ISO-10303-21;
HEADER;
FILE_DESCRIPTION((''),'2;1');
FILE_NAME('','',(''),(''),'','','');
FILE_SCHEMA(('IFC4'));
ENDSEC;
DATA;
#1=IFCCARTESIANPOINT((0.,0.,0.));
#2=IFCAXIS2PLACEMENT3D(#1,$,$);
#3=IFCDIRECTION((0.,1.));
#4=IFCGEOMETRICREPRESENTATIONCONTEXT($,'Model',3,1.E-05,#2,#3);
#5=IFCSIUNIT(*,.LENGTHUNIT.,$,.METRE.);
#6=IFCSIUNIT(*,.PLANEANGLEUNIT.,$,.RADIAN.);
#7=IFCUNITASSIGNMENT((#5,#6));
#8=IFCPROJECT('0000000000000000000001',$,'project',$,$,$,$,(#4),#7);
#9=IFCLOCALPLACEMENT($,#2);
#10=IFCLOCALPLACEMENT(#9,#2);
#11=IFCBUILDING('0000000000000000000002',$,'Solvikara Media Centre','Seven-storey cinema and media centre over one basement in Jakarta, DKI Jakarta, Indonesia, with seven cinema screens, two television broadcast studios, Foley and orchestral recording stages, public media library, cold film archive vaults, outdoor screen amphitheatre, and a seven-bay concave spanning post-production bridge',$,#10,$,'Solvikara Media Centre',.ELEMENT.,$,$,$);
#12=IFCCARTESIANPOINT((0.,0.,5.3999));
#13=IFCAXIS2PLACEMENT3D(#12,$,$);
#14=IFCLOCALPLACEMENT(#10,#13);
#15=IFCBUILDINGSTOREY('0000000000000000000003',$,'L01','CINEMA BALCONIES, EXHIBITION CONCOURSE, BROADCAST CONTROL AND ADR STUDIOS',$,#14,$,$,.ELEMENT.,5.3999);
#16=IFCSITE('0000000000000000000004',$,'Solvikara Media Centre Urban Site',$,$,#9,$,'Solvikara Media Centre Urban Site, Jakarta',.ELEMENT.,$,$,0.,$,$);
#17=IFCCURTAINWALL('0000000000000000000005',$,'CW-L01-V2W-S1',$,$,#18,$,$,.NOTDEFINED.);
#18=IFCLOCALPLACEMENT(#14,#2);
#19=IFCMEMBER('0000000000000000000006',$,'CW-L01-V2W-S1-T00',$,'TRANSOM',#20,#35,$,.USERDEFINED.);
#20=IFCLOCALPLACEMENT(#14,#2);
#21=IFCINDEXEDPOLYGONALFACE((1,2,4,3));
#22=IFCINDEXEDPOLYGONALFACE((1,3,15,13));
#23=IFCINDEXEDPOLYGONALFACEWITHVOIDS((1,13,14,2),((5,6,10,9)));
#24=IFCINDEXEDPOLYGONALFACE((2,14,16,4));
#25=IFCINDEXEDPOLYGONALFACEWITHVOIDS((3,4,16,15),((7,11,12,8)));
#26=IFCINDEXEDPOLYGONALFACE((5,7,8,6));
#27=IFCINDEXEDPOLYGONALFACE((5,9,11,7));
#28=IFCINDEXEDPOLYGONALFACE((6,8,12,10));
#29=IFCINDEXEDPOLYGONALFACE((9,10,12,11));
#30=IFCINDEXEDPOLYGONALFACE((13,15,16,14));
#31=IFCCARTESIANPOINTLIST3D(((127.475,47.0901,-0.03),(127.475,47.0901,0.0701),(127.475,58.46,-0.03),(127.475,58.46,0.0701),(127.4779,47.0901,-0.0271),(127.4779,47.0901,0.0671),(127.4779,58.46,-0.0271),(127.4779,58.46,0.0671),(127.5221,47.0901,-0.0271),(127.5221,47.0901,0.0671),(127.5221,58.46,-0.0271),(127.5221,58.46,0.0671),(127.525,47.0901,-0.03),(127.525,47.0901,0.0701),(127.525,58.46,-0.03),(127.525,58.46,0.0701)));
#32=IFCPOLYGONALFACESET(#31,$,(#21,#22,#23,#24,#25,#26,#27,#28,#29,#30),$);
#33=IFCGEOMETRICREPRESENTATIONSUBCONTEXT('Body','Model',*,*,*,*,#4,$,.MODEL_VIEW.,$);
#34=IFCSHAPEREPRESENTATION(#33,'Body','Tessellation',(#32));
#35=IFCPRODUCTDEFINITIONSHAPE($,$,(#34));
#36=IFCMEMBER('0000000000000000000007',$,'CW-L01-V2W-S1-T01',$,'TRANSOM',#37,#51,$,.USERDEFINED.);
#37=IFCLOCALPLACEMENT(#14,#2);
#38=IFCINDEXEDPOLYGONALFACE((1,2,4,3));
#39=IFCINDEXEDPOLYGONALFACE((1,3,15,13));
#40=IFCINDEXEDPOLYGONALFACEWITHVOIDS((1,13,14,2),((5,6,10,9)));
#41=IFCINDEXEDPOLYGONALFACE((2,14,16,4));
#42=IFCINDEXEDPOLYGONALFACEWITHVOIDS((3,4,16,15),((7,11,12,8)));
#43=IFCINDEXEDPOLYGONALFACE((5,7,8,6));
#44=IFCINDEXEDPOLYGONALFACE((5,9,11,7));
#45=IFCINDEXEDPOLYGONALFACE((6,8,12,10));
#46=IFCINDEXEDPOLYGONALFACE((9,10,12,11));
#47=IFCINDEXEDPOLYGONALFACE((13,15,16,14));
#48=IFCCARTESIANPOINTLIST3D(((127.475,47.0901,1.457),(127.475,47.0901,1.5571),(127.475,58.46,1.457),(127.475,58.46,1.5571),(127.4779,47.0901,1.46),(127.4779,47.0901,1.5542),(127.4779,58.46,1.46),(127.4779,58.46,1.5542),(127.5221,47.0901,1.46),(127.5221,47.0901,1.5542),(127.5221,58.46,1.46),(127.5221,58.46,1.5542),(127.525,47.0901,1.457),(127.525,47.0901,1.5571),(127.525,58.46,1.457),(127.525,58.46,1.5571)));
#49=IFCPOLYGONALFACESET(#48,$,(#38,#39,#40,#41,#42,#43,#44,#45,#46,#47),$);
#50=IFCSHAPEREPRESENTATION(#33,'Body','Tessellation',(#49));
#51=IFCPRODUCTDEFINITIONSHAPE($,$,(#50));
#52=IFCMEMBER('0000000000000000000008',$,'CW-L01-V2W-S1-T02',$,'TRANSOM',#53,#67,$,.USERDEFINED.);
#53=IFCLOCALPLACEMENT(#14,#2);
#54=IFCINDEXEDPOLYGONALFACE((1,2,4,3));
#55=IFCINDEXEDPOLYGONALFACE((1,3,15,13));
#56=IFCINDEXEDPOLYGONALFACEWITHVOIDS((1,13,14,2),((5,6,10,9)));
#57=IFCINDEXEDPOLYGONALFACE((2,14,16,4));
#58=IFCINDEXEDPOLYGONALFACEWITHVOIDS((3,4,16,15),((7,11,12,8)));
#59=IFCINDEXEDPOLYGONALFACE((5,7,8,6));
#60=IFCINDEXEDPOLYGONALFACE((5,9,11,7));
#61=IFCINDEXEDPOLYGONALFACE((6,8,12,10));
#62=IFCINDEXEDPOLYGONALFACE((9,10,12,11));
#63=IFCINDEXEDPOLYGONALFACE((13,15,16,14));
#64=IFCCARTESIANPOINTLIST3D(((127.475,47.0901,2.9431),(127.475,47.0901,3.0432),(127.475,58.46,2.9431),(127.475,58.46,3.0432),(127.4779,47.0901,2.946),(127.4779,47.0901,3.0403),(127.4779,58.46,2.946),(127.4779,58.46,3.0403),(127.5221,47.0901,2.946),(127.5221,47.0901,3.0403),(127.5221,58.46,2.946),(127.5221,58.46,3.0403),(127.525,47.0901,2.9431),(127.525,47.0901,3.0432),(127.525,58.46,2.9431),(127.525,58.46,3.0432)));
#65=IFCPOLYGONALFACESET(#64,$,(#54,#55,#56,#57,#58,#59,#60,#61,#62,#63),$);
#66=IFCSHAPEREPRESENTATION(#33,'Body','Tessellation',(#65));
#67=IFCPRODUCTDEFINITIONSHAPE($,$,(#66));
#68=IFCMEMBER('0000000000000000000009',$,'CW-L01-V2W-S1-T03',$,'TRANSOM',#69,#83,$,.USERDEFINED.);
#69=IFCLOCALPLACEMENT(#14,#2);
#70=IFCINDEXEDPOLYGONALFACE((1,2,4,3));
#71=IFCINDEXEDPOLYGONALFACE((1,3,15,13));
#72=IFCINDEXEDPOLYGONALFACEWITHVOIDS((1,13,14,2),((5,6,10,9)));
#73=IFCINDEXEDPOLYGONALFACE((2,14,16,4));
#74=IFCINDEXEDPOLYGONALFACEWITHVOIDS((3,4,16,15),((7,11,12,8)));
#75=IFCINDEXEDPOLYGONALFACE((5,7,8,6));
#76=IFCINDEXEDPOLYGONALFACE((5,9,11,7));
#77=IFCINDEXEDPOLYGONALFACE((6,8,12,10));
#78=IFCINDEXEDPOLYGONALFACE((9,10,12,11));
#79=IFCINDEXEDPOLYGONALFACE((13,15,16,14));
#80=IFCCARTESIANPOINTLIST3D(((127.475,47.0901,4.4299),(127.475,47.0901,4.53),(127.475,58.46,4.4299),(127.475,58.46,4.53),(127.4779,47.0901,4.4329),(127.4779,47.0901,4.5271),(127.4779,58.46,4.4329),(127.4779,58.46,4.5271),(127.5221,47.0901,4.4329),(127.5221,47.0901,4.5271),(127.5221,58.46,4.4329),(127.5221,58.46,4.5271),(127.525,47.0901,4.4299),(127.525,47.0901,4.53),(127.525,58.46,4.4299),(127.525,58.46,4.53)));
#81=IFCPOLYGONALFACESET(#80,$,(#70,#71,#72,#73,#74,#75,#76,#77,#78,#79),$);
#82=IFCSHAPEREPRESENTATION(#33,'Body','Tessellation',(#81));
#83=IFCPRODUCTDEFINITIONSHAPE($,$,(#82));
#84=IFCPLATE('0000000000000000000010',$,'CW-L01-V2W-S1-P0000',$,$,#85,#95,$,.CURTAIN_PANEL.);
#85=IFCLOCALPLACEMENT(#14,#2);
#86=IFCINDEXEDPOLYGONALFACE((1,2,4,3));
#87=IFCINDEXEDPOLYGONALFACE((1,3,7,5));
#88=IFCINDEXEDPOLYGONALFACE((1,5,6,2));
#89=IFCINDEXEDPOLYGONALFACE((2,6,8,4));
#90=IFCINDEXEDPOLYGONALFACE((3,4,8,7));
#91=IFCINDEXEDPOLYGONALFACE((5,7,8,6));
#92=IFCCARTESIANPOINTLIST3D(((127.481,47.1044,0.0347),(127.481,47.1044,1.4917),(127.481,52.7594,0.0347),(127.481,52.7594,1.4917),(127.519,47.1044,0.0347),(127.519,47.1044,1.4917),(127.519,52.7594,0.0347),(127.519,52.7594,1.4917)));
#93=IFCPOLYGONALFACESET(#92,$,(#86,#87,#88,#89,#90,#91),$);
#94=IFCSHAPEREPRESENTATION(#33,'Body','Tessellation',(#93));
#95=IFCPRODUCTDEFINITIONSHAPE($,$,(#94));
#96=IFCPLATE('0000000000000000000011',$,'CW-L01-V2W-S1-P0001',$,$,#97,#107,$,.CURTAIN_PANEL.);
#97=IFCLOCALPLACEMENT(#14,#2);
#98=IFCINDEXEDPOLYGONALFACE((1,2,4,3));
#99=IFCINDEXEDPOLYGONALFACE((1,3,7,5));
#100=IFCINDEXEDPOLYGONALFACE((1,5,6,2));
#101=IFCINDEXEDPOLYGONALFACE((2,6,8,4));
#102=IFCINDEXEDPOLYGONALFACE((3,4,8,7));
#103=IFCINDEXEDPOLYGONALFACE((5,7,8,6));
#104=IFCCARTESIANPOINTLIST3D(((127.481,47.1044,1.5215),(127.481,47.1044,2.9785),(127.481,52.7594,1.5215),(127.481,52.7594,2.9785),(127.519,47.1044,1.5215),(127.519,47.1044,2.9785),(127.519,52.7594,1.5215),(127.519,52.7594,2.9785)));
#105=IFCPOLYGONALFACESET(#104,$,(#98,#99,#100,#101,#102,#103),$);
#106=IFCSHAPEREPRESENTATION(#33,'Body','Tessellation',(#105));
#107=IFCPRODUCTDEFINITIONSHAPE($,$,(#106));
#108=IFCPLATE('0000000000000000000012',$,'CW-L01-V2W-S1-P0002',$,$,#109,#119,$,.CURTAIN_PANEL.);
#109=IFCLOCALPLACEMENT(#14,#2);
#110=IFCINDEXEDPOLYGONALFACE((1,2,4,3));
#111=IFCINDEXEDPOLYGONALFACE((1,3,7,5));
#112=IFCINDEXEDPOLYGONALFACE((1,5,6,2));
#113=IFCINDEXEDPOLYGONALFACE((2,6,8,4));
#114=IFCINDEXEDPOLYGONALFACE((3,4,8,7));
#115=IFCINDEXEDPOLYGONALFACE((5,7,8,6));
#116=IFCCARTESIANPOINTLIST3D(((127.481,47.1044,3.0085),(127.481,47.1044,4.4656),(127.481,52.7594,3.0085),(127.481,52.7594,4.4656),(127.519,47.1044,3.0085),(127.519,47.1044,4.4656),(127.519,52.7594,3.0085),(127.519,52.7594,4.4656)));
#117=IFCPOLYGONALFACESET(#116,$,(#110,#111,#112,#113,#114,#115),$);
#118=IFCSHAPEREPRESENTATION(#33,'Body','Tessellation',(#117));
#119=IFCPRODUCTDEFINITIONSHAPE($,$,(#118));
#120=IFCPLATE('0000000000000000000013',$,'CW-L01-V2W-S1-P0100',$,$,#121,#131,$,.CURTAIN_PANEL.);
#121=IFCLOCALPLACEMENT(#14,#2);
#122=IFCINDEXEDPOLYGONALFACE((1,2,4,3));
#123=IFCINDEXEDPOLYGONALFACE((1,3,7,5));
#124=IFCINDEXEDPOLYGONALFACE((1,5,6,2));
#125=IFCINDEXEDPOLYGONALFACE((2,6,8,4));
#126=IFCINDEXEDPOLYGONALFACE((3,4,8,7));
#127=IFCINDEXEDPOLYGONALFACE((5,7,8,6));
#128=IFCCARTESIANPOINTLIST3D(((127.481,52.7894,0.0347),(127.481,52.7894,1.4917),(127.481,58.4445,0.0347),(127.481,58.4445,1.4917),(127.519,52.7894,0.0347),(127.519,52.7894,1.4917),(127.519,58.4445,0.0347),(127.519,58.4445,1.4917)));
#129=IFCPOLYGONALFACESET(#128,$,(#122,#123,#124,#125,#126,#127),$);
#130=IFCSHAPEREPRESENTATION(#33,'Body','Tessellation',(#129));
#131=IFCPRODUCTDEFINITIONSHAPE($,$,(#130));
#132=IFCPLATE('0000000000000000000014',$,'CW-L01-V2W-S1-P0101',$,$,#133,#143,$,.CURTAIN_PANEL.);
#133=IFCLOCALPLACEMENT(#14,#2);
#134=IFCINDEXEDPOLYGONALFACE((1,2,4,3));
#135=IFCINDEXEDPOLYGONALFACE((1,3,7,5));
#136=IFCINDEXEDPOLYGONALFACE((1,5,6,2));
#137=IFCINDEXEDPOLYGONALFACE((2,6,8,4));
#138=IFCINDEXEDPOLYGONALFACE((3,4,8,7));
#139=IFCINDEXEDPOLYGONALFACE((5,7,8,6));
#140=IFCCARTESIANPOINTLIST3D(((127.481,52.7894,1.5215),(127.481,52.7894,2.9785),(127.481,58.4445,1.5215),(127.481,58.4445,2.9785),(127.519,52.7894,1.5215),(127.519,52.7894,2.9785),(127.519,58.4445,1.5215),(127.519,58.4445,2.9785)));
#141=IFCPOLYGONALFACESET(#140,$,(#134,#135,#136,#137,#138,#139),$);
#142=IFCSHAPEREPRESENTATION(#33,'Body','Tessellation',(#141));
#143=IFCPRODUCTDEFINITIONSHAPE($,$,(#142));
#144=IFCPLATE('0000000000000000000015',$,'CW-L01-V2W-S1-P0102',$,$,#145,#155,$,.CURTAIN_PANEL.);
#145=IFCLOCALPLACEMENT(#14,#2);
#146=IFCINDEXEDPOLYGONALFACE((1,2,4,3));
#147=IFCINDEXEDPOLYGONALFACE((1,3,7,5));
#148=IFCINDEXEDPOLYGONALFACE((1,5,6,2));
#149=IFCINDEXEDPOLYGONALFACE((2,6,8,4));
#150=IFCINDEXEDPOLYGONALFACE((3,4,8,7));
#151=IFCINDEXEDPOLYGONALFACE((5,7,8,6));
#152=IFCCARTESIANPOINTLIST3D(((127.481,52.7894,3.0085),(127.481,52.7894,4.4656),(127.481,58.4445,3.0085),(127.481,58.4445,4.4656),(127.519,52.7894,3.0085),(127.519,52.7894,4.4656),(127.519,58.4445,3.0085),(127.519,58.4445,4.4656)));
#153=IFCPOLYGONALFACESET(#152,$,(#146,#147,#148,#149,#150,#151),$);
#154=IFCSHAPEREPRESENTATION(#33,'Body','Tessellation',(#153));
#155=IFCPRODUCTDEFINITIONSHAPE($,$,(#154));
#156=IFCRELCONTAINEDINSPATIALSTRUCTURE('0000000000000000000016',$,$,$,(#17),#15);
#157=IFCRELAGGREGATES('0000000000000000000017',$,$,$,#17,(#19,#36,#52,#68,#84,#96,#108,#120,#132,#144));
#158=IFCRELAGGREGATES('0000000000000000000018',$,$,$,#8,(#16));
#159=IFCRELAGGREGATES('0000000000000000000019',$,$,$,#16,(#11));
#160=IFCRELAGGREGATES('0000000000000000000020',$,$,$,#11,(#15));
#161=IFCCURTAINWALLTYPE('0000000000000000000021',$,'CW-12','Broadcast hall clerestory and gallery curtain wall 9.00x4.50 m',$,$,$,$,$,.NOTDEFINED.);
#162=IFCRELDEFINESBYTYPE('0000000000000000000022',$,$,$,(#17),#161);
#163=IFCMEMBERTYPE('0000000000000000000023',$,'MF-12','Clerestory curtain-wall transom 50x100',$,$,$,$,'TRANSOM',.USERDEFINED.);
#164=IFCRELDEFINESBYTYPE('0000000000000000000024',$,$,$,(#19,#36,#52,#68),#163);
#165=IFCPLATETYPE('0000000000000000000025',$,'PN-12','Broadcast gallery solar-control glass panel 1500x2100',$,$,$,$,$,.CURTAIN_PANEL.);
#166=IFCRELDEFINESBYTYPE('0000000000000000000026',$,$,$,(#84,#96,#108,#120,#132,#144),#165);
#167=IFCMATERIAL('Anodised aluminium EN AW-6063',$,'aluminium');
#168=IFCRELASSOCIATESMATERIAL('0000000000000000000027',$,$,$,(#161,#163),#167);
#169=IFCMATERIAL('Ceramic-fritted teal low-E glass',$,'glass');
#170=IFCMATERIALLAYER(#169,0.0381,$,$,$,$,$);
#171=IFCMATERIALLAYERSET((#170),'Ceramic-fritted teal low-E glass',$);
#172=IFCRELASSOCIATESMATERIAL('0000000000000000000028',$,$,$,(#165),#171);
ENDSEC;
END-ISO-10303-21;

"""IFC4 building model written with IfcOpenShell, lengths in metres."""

from ifc_helpers import new_model, si_unit, direction, frame, origin, origin_2d, place, context, subcontext, project, spatial, rectangle, hollow_rectangle, extrude, material, layer, layer_set, material_profile, profile_set, type_object, element, aggregate, save


model = new_model("IFC4")

# Units and contexts
model_context = context("Model", 3, precision=1e-05, world=origin(), true_north=direction((0.0, 1.0)))
body_context = subcontext(model_context, "Body", "Model", "MODEL_VIEW")
ifc_project = project(units=[si_unit("LENGTHUNIT", "METRE"), si_unit("PLANEANGLEUNIT", "RADIAN")], contexts=[model_context])

# Site, building, storey
site_placement = place(None, origin())
site = spatial("IfcSite", under=ifc_project, at=site_placement, Name="Solvikara Media Centre Urban Site", LongName="Solvikara Media Centre Urban Site, Jakarta", CompositionType="ELEMENT", RefElevation=0.0)
building_placement = place(site_placement, origin())
building = spatial("IfcBuilding", under=site, at=building_placement, Name="Solvikara Media Centre", Description="Seven-storey cinema and media centre over one basement in Jakarta, DKI Jakarta, Indonesia, with seven cinema screens, two television broadcast studios, Foley and orchestral recording stages, public media library, cold film archive vaults, outdoor screen amphitheatre, and a seven-bay concave spanning post-production bridge", LongName="Solvikara Media Centre", CompositionType="ELEMENT")
storey_placement = place(building_placement, frame((0.0, 0.0, 5.3999)))
storey = spatial("IfcBuildingStorey", under=building, at=storey_placement, Name="L01", Description="CINEMA BALCONIES, EXHIBITION CONCOURSE, BROADCAST CONTROL AND ADR STUDIOS", CompositionType="ELEMENT", Elevation=5.3999)

# Curtain wall, members, plates
ifc_material_1 = material(Name="Anodised aluminium EN AW-6063", Category="aluminium")
curtain_wall_type = type_object("IfcCurtainWallType", Name="CW-12", Description="Broadcast hall clerestory and gallery curtain wall 9.00x4.50 m", PredefinedType="NOTDEFINED", material=ifc_material_1)
curtain_wall_placement = place(storey_placement, origin())
curtain_wall = element("IfcCurtainWall", 1, at=curtain_wall_placement, inside=storey, type_object=curtain_wall_type, Name="CW-L01-V2W-S1", PredefinedType="NOTDEFINED")
ifc_material_profile_1 = material_profile(ifc_material_1, hollow_rectangle(XDim=0.05, YDim=0.1001, WallThickness=0.0029, at=origin_2d()), Name="ALU-T 50x100x3")
ifc_profile_set_1 = profile_set([ifc_material_profile_1], Name="Anodised aluminium EN AW-6063")
member_type_1 = type_object("IfcMemberType", Name="MF-12", Description="Clerestory curtain-wall transom 50x100", ElementType="TRANSOM", PredefinedType="USERDEFINED", material=ifc_profile_set_1)
member_1_placement = place(storey_placement, frame((127.5, 47.0901, 0.02), z_axis=(0.0, 1.0, 0.0), x_axis=(-1.0, 0.0, 0.0)))
member_1 = element("IfcMember", 2, at=member_1_placement, type_object=member_type_1, Name="CW-L01-V2W-S1-T00", ObjectType="TRANSOM", PredefinedType="USERDEFINED", context=body_context, shape_type="SweptSolid", body=[
    extrude(hollow_rectangle(XDim=0.05, YDim=0.1001, WallThickness=0.0029, at=origin_2d()), origin(), (0.0, 0.0, 1.0), 11.3699),
])
member_2_placement = place(storey_placement, frame((127.5, 47.0901, 1.5071), z_axis=(0.0, 1.0, 0.0), x_axis=(-1.0, 0.0, 0.0)))
member_2 = element("IfcMember", 3, at=member_2_placement, type_object=member_type_1, Name="CW-L01-V2W-S1-T01", ObjectType="TRANSOM", PredefinedType="USERDEFINED", context=body_context, shape_type="SweptSolid", body=[
    extrude(hollow_rectangle(XDim=0.05, YDim=0.1001, WallThickness=0.0029, at=origin_2d()), origin(), (0.0, 0.0, 1.0), 11.3699),
])
member_3_placement = place(storey_placement, frame((127.5, 47.0901, 2.9932), z_axis=(0.0, 1.0, 0.0), x_axis=(-1.0, 0.0, 0.0)))
member_3 = element("IfcMember", 4, at=member_3_placement, type_object=member_type_1, Name="CW-L01-V2W-S1-T02", ObjectType="TRANSOM", PredefinedType="USERDEFINED", context=body_context, shape_type="SweptSolid", body=[
    extrude(hollow_rectangle(XDim=0.05, YDim=0.1001, WallThickness=0.0029, at=origin_2d()), origin(), (0.0, 0.0, 1.0), 11.3699),
])
member_4_placement = place(storey_placement, frame((127.5, 47.0901, 4.48), z_axis=(0.0, 1.0, 0.0), x_axis=(-1.0, 0.0, 0.0)))
member_4 = element("IfcMember", 5, at=member_4_placement, type_object=member_type_1, Name="CW-L01-V2W-S1-T03", ObjectType="TRANSOM", PredefinedType="USERDEFINED", context=body_context, shape_type="SweptSolid", body=[
    extrude(hollow_rectangle(XDim=0.05, YDim=0.1001, WallThickness=0.0029, at=origin_2d()), origin(), (0.0, 0.0, 1.0), 11.3699),
])
ifc_material_2 = material(Name="Ceramic-fritted teal low-E glass", Category="glass")
ifc_layer_1 = layer(ifc_material_2, 0.0381)
ifc_layer_set_1 = layer_set([ifc_layer_1], Name="Ceramic-fritted teal low-E glass")
plate_type = type_object("IfcPlateType", Name="PN-12", Description="Broadcast gallery solar-control glass panel 1500x2100", PredefinedType="CURTAIN_PANEL", material=ifc_layer_set_1)
plate_1_placement = place(storey_placement, frame((127.5, 49.9319, 0.0347), z_axis=(0.0, 0.0, 1.0), x_axis=(0.0, 1.0, 0.0)))
plate_1 = element("IfcPlate", 6, at=plate_1_placement, type_object=plate_type, Name="CW-L01-V2W-S1-P0000", PredefinedType="CURTAIN_PANEL", context=body_context, shape_type="SweptSolid", body=[
    extrude(rectangle(XDim=5.655, YDim=0.0381, at=origin_2d()), origin(), (0.0, 0.0, 1.0), 1.457),
])
plate_2_placement = place(storey_placement, frame((127.5, 49.9319, 1.5215), z_axis=(0.0, 0.0, 1.0), x_axis=(0.0, 1.0, 0.0)))
plate_2 = element("IfcPlate", 7, at=plate_2_placement, type_object=plate_type, Name="CW-L01-V2W-S1-P0001", PredefinedType="CURTAIN_PANEL", context=body_context, shape_type="SweptSolid", body=[
    extrude(rectangle(XDim=5.655, YDim=0.0381, at=origin_2d()), origin(), (0.0, 0.0, 1.0), 1.457),
])
plate_3_placement = place(storey_placement, frame((127.5, 49.9319, 3.0085), z_axis=(0.0, 0.0, 1.0), x_axis=(0.0, 1.0, 0.0)))
plate_3 = element("IfcPlate", 8, at=plate_3_placement, type_object=plate_type, Name="CW-L01-V2W-S1-P0002", PredefinedType="CURTAIN_PANEL", context=body_context, shape_type="SweptSolid", body=[
    extrude(rectangle(XDim=5.655, YDim=0.0381, at=origin_2d()), origin(), (0.0, 0.0, 1.0), 1.457),
])
plate_4_placement = place(storey_placement, frame((127.5, 55.6169, 0.0347), z_axis=(0.0, 0.0, 1.0), x_axis=(0.0, 1.0, 0.0)))
plate_4 = element("IfcPlate", 9, at=plate_4_placement, type_object=plate_type, Name="CW-L01-V2W-S1-P0100", PredefinedType="CURTAIN_PANEL", context=body_context, shape_type="SweptSolid", body=[
    extrude(rectangle(XDim=5.655, YDim=0.0381, at=origin_2d()), origin(), (0.0, 0.0, 1.0), 1.457),
])
plate_5_placement = place(storey_placement, frame((127.5, 55.6169, 1.5215), z_axis=(0.0, 0.0, 1.0), x_axis=(0.0, 1.0, 0.0)))
plate_5 = element("IfcPlate", 10, at=plate_5_placement, type_object=plate_type, Name="CW-L01-V2W-S1-P0101", PredefinedType="CURTAIN_PANEL", context=body_context, shape_type="SweptSolid", body=[
    extrude(rectangle(XDim=5.655, YDim=0.0381, at=origin_2d()), origin(), (0.0, 0.0, 1.0), 1.457),
])
plate_6_placement = place(storey_placement, frame((127.5, 55.6169, 3.0085), z_axis=(0.0, 0.0, 1.0), x_axis=(0.0, 1.0, 0.0)))
plate_6 = element("IfcPlate", 11, at=plate_6_placement, type_object=plate_type, Name="CW-L01-V2W-S1-P0102", PredefinedType="CURTAIN_PANEL", context=body_context, shape_type="SweptSolid", body=[
    extrude(rectangle(XDim=5.655, YDim=0.0381, at=origin_2d()), origin(), (0.0, 0.0, 1.0), 1.457),
])
aggregate(curtain_wall, [member_1, member_2, member_3, member_4, plate_1, plate_2, plate_3, plate_4, plate_5, plate_6])

save(model, "model.ifc")
